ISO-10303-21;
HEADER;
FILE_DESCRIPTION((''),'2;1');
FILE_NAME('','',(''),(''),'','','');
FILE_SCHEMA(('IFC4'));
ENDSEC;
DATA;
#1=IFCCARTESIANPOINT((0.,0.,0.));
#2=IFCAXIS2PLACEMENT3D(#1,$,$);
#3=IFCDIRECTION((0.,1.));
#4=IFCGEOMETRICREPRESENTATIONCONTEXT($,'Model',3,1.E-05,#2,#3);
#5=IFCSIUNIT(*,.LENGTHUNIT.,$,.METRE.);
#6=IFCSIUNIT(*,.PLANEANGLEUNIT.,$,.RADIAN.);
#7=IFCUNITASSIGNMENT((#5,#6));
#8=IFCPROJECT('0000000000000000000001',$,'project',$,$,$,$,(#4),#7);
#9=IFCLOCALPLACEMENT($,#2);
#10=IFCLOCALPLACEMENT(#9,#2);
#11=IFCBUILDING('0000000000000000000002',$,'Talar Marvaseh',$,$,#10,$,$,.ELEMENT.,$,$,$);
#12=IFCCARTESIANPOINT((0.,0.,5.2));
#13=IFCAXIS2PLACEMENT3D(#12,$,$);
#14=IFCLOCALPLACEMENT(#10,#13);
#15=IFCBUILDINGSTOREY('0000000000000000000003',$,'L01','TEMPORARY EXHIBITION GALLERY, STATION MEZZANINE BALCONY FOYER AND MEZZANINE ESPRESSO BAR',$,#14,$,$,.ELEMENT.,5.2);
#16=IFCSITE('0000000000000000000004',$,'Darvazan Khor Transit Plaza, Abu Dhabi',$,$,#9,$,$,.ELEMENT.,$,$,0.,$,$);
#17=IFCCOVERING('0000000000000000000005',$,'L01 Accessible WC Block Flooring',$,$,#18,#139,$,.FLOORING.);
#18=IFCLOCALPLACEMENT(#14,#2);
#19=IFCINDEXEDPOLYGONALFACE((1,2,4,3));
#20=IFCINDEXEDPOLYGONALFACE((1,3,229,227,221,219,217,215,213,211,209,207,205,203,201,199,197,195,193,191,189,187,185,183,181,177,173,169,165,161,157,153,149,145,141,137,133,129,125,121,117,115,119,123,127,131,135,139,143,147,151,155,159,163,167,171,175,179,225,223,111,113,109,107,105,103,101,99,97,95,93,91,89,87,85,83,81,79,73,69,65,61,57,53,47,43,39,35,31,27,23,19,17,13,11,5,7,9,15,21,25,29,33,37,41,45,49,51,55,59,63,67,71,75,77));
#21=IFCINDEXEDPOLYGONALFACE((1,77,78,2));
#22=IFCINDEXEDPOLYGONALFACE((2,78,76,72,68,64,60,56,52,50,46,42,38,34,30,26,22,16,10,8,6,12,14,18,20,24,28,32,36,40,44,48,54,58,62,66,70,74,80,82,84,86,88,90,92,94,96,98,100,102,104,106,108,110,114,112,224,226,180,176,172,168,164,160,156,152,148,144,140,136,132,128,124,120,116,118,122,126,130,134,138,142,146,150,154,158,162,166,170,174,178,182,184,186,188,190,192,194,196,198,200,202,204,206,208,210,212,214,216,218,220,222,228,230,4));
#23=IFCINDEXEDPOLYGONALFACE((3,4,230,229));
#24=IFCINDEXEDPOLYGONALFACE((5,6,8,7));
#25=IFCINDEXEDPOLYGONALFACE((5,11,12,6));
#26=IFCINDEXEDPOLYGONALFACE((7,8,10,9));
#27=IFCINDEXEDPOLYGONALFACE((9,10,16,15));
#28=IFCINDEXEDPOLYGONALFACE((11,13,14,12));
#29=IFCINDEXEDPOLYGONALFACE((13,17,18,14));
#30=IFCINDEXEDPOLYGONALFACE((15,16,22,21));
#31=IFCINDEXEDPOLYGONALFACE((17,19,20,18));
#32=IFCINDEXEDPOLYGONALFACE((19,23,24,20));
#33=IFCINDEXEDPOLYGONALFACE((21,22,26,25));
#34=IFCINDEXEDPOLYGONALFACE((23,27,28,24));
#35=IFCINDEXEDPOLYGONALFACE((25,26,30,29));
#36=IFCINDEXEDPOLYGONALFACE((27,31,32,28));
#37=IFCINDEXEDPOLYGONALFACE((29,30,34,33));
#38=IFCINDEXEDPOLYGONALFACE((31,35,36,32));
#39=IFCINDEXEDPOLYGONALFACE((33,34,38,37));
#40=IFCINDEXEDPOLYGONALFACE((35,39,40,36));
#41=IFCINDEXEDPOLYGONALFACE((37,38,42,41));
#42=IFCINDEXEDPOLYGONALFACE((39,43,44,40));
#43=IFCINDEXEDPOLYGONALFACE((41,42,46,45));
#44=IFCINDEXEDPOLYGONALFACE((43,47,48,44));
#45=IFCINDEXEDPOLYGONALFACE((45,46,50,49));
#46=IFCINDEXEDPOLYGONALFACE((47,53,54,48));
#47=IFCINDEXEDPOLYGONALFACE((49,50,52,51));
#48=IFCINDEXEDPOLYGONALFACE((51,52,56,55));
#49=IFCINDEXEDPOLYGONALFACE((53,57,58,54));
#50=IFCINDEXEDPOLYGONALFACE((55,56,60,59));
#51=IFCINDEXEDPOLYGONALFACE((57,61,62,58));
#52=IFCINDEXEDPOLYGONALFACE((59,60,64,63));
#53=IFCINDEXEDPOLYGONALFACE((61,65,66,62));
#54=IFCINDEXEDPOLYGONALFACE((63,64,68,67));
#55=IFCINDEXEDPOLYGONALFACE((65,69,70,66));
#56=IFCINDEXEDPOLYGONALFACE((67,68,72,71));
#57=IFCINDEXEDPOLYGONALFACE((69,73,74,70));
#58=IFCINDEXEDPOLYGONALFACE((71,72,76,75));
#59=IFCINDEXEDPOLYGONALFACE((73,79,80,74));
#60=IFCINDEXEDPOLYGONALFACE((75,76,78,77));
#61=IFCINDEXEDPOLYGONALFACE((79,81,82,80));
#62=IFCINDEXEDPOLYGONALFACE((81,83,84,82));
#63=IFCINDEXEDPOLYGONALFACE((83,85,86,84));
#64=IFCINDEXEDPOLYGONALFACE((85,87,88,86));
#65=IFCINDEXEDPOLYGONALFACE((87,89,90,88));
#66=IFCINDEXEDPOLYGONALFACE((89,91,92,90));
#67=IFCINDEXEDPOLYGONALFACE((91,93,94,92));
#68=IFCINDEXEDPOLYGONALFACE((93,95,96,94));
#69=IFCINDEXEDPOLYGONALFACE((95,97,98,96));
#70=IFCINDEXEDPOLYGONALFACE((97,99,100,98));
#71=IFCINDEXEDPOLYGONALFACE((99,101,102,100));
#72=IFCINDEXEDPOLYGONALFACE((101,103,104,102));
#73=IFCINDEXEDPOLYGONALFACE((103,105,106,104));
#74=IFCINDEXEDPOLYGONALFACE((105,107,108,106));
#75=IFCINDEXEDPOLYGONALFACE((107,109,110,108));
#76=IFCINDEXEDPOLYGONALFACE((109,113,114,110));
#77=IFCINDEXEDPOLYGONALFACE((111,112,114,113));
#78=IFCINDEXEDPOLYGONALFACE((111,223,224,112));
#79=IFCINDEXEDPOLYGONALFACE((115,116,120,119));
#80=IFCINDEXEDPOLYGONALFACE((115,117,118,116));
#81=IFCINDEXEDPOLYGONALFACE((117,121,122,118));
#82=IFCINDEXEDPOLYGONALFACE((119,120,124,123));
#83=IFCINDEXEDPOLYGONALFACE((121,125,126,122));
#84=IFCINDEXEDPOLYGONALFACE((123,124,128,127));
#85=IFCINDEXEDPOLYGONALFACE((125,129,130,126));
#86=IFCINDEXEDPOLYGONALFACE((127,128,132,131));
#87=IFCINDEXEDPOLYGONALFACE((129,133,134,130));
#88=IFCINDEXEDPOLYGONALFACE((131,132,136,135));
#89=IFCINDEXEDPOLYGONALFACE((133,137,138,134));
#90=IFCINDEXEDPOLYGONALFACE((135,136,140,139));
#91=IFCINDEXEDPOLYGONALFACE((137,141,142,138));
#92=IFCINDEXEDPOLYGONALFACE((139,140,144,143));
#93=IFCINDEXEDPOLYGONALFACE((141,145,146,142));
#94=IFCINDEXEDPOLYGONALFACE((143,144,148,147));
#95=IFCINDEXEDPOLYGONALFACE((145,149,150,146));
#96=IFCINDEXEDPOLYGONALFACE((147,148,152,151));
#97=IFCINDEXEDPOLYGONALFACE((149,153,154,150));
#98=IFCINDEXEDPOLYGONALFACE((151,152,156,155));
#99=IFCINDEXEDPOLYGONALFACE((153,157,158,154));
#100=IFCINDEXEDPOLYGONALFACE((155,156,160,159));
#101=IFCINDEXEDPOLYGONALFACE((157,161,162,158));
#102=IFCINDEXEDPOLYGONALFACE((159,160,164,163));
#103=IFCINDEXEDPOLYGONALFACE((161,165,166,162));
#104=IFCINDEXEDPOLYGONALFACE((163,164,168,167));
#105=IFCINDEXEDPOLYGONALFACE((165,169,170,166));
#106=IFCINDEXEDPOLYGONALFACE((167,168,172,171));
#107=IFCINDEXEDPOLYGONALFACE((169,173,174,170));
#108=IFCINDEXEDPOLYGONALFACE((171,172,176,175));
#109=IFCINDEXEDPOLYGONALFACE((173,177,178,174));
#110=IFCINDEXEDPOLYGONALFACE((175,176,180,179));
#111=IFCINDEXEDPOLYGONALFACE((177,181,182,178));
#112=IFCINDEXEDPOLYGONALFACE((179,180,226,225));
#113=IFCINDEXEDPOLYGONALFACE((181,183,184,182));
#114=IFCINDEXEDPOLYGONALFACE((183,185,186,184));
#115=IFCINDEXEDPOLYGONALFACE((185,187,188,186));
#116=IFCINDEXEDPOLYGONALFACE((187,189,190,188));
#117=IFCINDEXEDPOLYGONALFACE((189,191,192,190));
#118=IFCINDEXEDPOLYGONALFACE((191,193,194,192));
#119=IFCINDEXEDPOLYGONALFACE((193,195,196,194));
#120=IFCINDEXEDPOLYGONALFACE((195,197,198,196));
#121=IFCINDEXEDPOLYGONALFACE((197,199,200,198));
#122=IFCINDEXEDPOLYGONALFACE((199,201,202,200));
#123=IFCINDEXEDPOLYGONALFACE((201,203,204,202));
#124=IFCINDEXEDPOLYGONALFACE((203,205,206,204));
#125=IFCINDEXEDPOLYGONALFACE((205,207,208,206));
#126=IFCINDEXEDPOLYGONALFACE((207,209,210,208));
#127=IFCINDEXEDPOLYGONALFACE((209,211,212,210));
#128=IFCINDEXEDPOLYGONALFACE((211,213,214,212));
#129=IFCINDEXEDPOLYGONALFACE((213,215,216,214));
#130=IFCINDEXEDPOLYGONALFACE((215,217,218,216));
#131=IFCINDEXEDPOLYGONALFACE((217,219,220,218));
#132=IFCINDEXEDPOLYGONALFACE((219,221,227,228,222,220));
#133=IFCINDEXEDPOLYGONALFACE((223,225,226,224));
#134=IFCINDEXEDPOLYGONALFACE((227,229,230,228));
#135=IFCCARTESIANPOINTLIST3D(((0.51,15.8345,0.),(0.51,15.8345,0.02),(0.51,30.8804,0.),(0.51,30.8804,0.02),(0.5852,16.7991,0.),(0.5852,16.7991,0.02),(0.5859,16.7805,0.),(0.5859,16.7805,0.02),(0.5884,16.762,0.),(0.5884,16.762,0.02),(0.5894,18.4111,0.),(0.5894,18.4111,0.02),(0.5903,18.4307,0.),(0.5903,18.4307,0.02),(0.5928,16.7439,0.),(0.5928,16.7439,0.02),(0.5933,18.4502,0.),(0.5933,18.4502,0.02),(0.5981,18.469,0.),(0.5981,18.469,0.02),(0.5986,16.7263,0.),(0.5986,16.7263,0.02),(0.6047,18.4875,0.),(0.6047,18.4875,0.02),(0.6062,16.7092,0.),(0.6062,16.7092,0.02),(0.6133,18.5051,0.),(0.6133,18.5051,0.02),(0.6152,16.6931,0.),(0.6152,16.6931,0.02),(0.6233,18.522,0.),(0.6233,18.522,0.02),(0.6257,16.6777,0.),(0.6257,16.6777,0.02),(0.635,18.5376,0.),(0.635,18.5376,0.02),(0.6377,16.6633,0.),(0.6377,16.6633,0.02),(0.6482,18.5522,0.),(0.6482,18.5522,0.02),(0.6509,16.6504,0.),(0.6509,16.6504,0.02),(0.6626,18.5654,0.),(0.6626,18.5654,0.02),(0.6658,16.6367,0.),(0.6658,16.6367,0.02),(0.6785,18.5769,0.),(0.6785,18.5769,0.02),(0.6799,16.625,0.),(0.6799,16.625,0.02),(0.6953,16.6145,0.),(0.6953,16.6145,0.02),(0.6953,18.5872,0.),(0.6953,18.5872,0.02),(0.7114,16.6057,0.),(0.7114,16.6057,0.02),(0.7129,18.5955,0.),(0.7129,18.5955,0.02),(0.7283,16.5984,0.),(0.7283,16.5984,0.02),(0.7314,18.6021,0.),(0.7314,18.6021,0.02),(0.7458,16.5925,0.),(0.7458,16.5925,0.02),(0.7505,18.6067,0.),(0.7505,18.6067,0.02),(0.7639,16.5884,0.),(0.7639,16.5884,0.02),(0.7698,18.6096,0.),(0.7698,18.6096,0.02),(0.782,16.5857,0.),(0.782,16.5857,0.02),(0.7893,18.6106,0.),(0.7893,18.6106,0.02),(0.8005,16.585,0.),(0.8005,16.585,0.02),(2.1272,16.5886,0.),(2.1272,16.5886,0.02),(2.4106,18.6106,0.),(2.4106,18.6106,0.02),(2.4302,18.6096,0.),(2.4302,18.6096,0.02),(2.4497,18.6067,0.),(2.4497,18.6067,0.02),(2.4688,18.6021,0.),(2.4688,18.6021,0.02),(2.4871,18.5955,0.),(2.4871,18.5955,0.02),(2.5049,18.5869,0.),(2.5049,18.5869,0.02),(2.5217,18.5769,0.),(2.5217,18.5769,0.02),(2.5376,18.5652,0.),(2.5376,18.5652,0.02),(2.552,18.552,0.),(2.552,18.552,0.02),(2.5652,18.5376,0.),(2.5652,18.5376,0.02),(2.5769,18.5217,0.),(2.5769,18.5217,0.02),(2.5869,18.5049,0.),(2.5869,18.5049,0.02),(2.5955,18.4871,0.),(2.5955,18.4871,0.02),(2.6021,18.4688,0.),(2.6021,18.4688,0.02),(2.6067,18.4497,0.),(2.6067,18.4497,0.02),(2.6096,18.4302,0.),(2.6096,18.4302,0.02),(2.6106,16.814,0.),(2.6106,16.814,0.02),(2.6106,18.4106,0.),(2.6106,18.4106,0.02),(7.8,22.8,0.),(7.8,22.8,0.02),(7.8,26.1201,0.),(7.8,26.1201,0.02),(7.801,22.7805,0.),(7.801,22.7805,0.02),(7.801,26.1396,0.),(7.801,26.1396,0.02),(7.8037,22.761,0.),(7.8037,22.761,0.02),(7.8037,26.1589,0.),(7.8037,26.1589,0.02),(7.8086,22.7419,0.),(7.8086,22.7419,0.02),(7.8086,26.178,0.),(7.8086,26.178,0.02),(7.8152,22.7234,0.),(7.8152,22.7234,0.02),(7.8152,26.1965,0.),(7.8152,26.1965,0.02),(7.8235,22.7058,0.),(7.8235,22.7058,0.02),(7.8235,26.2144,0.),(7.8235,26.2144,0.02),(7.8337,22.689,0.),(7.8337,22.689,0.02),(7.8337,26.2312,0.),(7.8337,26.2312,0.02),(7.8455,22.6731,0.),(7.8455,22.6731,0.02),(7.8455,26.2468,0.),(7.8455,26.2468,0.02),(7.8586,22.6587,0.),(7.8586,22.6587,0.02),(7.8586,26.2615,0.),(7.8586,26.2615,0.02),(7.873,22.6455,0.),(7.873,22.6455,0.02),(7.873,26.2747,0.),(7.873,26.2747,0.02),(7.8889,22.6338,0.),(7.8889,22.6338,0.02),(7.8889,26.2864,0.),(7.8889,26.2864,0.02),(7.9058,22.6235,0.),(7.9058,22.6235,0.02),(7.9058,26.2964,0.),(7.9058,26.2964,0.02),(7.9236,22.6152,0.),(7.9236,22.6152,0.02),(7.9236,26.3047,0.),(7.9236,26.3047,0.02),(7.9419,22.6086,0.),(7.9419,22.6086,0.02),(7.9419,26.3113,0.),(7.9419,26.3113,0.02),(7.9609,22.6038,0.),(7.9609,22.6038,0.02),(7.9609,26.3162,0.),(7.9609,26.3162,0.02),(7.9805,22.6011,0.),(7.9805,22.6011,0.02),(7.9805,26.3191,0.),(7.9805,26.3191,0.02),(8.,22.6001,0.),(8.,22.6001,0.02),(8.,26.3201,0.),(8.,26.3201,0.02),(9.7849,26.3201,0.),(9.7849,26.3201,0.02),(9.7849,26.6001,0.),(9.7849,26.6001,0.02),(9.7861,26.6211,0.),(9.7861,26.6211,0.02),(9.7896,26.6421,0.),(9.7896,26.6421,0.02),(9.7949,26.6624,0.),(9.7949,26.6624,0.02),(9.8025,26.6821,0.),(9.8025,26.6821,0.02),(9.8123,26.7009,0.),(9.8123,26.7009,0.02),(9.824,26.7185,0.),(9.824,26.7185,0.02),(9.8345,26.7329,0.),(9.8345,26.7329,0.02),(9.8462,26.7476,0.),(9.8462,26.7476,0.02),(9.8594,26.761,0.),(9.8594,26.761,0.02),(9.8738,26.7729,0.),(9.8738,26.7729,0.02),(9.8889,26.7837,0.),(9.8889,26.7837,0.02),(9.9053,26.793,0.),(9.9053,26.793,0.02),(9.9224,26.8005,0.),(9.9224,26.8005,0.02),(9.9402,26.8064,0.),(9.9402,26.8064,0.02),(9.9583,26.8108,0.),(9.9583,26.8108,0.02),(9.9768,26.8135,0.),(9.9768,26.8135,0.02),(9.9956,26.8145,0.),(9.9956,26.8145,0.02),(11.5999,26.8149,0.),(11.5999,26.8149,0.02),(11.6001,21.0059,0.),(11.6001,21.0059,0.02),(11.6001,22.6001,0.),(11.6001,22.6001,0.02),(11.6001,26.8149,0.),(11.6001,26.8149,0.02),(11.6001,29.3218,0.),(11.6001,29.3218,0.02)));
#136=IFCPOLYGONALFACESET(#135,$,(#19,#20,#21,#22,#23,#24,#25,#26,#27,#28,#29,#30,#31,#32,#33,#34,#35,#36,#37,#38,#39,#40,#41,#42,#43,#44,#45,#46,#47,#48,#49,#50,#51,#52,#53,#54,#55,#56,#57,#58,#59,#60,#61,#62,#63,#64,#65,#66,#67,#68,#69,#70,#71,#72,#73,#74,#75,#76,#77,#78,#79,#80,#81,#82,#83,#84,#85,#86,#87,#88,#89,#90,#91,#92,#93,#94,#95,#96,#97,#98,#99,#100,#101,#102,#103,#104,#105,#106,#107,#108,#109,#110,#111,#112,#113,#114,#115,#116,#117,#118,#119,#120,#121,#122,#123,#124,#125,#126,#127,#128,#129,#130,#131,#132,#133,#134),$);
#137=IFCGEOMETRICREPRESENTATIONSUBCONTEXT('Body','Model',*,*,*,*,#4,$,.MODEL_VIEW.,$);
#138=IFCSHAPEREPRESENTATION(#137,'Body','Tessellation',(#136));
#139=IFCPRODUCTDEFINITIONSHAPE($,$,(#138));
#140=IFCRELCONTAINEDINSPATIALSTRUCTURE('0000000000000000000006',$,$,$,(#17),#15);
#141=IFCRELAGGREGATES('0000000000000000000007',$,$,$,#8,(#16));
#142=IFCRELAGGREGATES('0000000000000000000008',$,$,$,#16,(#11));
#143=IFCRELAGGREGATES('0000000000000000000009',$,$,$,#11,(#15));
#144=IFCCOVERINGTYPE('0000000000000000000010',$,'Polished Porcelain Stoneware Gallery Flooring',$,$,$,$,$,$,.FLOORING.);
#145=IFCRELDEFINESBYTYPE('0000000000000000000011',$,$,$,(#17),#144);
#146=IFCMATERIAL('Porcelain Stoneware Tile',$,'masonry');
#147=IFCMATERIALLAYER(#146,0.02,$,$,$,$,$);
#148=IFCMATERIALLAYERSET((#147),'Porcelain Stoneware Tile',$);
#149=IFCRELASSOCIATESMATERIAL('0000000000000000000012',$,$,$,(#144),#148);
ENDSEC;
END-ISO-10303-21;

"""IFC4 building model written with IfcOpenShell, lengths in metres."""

from ifc_helpers import new_model, si_unit, direction, frame, origin, place, context, subcontext, project, spatial, polyline, outline, extrude, material, layer, layer_set, type_object, element, save


model = new_model("IFC4")

# Units and contexts
model_context = context("Model", 3, precision=1e-05, world=origin(), true_north=direction((0.0, 1.0)))
body_context = subcontext(model_context, "Body", "Model", "MODEL_VIEW")
ifc_project = project(units=[si_unit("LENGTHUNIT", "METRE"), si_unit("PLANEANGLEUNIT", "RADIAN")], contexts=[model_context])

# Site, building, storey
site_placement = place(None, origin())
site = spatial("IfcSite", under=ifc_project, at=site_placement, Name="Darvazan Khor Transit Plaza, Abu Dhabi", CompositionType="ELEMENT", RefElevation=0.0)
building_placement = place(site_placement, origin())
building = spatial("IfcBuilding", under=site, at=building_placement, Name="Talar Marvaseh", CompositionType="ELEMENT")
storey_placement = place(building_placement, frame((0.0, 0.0, 5.2)))
storey = spatial("IfcBuildingStorey", under=building, at=storey_placement, Name="L01", Description="TEMPORARY EXHIBITION GALLERY, STATION MEZZANINE BALCONY FOYER AND MEZZANINE ESPRESSO BAR", CompositionType="ELEMENT", Elevation=5.2)

# Covering
ifc_material_1 = material(Name="Porcelain Stoneware Tile", Category="masonry")
ifc_layer_1 = layer(ifc_material_1, 0.02)
ifc_layer_set_1 = layer_set([ifc_layer_1], Name="Porcelain Stoneware Tile")
covering_type_1 = type_object("IfcCoveringType", Name="Polished Porcelain Stoneware Gallery Flooring", PredefinedType="FLOORING", material=ifc_layer_set_1)
covering_1_placement = place(storey_placement, origin())
element("IfcCovering", 1, at=covering_1_placement, inside=storey, type_object=covering_type_1, Name="L01 Accessible WC Block Flooring", PredefinedType="FLOORING", context=body_context, shape_type="SweptSolid", body=[
    extrude(outline(polyline([(0.6953, 16.6145), (0.7114, 16.6057), (0.7283, 16.5984), (0.7458, 16.5925), (0.7639, 16.5884), (0.782, 16.5857), (0.8005, 16.585), (2.1272, 16.5886), (0.51, 15.8345), (0.51, 30.8804), (11.6001, 29.3218), (11.6001, 26.8149), (11.5999, 26.8149), (9.9956, 26.8145), (9.9768, 26.8135), (9.9583, 26.8108), (9.9402, 26.8064), (9.9224, 26.8005), (9.9053, 26.793), (9.8889, 26.7837), (9.8738, 26.7729), (9.8594, 26.761), (9.8462, 26.7476), (9.8345, 26.7329), (9.824, 26.7185), (9.8123, 26.7009), (9.8025, 26.6821), (9.7949, 26.6624), (9.7896, 26.6421), (9.7861, 26.6211), (9.7849, 26.6001), (9.7849, 26.3201), (8.0, 26.3201), (7.9805, 26.3191), (7.9609, 26.3162), (7.9419, 26.3113), (7.9236, 26.3047), (7.9058, 26.2964), (7.8889, 26.2864), (7.873, 26.2747), (7.8586, 26.2615), (7.8455, 26.2468), (7.8337, 26.2312), (7.8235, 26.2144), (7.8152, 26.1965), (7.8086, 26.178), (7.8037, 26.1589), (7.801, 26.1396), (7.8, 26.1201), (7.8, 22.8), (7.801, 22.7805), (7.8037, 22.761), (7.8086, 22.7419), (7.8152, 22.7234), (7.8235, 22.7058), (7.8337, 22.689), (7.8455, 22.6731), (7.8586, 22.6587), (7.873, 22.6455), (7.8889, 22.6338), (7.9058, 22.6235), (7.9236, 22.6152), (7.9419, 22.6086), (7.9609, 22.6038), (7.9805, 22.6011), (8.0, 22.6001), (11.6001, 22.6001), (11.6001, 21.0059), (2.6106, 16.814), (2.6106, 18.4106), (2.6096, 18.4302), (2.6067, 18.4497), (2.6021, 18.4688), (2.5955, 18.4871), (2.5869, 18.5049), (2.5769, 18.5217), (2.5652, 18.5376), (2.552, 18.552), (2.5376, 18.5652), (2.5217, 18.5769), (2.5049, 18.5869), (2.4871, 18.5955), (2.4688, 18.6021), (2.4497, 18.6067), (2.4302, 18.6096), (2.4106, 18.6106), (0.7893, 18.6106), (0.7698, 18.6096), (0.7505, 18.6067), (0.7314, 18.6021), (0.7129, 18.5955), (0.6953, 18.5872), (0.6785, 18.5769), (0.6626, 18.5654), (0.6482, 18.5522), (0.635, 18.5376), (0.6233, 18.522), (0.6133, 18.5051), (0.6047, 18.4875), (0.5981, 18.469), (0.5933, 18.4502), (0.5903, 18.4307), (0.5894, 18.4111), (0.5852, 16.7991), (0.5859, 16.7805), (0.5884, 16.762), (0.5928, 16.7439), (0.5986, 16.7263), (0.6062, 16.7092), (0.6152, 16.6931), (0.6257, 16.6777), (0.6377, 16.6633), (0.6509, 16.6504), (0.6658, 16.6367), (0.6799, 16.625), (0.6953, 16.6145)])), origin(), (0.0, 0.0, 1.0), 0.02),
])

save(model, "model.ifc")
